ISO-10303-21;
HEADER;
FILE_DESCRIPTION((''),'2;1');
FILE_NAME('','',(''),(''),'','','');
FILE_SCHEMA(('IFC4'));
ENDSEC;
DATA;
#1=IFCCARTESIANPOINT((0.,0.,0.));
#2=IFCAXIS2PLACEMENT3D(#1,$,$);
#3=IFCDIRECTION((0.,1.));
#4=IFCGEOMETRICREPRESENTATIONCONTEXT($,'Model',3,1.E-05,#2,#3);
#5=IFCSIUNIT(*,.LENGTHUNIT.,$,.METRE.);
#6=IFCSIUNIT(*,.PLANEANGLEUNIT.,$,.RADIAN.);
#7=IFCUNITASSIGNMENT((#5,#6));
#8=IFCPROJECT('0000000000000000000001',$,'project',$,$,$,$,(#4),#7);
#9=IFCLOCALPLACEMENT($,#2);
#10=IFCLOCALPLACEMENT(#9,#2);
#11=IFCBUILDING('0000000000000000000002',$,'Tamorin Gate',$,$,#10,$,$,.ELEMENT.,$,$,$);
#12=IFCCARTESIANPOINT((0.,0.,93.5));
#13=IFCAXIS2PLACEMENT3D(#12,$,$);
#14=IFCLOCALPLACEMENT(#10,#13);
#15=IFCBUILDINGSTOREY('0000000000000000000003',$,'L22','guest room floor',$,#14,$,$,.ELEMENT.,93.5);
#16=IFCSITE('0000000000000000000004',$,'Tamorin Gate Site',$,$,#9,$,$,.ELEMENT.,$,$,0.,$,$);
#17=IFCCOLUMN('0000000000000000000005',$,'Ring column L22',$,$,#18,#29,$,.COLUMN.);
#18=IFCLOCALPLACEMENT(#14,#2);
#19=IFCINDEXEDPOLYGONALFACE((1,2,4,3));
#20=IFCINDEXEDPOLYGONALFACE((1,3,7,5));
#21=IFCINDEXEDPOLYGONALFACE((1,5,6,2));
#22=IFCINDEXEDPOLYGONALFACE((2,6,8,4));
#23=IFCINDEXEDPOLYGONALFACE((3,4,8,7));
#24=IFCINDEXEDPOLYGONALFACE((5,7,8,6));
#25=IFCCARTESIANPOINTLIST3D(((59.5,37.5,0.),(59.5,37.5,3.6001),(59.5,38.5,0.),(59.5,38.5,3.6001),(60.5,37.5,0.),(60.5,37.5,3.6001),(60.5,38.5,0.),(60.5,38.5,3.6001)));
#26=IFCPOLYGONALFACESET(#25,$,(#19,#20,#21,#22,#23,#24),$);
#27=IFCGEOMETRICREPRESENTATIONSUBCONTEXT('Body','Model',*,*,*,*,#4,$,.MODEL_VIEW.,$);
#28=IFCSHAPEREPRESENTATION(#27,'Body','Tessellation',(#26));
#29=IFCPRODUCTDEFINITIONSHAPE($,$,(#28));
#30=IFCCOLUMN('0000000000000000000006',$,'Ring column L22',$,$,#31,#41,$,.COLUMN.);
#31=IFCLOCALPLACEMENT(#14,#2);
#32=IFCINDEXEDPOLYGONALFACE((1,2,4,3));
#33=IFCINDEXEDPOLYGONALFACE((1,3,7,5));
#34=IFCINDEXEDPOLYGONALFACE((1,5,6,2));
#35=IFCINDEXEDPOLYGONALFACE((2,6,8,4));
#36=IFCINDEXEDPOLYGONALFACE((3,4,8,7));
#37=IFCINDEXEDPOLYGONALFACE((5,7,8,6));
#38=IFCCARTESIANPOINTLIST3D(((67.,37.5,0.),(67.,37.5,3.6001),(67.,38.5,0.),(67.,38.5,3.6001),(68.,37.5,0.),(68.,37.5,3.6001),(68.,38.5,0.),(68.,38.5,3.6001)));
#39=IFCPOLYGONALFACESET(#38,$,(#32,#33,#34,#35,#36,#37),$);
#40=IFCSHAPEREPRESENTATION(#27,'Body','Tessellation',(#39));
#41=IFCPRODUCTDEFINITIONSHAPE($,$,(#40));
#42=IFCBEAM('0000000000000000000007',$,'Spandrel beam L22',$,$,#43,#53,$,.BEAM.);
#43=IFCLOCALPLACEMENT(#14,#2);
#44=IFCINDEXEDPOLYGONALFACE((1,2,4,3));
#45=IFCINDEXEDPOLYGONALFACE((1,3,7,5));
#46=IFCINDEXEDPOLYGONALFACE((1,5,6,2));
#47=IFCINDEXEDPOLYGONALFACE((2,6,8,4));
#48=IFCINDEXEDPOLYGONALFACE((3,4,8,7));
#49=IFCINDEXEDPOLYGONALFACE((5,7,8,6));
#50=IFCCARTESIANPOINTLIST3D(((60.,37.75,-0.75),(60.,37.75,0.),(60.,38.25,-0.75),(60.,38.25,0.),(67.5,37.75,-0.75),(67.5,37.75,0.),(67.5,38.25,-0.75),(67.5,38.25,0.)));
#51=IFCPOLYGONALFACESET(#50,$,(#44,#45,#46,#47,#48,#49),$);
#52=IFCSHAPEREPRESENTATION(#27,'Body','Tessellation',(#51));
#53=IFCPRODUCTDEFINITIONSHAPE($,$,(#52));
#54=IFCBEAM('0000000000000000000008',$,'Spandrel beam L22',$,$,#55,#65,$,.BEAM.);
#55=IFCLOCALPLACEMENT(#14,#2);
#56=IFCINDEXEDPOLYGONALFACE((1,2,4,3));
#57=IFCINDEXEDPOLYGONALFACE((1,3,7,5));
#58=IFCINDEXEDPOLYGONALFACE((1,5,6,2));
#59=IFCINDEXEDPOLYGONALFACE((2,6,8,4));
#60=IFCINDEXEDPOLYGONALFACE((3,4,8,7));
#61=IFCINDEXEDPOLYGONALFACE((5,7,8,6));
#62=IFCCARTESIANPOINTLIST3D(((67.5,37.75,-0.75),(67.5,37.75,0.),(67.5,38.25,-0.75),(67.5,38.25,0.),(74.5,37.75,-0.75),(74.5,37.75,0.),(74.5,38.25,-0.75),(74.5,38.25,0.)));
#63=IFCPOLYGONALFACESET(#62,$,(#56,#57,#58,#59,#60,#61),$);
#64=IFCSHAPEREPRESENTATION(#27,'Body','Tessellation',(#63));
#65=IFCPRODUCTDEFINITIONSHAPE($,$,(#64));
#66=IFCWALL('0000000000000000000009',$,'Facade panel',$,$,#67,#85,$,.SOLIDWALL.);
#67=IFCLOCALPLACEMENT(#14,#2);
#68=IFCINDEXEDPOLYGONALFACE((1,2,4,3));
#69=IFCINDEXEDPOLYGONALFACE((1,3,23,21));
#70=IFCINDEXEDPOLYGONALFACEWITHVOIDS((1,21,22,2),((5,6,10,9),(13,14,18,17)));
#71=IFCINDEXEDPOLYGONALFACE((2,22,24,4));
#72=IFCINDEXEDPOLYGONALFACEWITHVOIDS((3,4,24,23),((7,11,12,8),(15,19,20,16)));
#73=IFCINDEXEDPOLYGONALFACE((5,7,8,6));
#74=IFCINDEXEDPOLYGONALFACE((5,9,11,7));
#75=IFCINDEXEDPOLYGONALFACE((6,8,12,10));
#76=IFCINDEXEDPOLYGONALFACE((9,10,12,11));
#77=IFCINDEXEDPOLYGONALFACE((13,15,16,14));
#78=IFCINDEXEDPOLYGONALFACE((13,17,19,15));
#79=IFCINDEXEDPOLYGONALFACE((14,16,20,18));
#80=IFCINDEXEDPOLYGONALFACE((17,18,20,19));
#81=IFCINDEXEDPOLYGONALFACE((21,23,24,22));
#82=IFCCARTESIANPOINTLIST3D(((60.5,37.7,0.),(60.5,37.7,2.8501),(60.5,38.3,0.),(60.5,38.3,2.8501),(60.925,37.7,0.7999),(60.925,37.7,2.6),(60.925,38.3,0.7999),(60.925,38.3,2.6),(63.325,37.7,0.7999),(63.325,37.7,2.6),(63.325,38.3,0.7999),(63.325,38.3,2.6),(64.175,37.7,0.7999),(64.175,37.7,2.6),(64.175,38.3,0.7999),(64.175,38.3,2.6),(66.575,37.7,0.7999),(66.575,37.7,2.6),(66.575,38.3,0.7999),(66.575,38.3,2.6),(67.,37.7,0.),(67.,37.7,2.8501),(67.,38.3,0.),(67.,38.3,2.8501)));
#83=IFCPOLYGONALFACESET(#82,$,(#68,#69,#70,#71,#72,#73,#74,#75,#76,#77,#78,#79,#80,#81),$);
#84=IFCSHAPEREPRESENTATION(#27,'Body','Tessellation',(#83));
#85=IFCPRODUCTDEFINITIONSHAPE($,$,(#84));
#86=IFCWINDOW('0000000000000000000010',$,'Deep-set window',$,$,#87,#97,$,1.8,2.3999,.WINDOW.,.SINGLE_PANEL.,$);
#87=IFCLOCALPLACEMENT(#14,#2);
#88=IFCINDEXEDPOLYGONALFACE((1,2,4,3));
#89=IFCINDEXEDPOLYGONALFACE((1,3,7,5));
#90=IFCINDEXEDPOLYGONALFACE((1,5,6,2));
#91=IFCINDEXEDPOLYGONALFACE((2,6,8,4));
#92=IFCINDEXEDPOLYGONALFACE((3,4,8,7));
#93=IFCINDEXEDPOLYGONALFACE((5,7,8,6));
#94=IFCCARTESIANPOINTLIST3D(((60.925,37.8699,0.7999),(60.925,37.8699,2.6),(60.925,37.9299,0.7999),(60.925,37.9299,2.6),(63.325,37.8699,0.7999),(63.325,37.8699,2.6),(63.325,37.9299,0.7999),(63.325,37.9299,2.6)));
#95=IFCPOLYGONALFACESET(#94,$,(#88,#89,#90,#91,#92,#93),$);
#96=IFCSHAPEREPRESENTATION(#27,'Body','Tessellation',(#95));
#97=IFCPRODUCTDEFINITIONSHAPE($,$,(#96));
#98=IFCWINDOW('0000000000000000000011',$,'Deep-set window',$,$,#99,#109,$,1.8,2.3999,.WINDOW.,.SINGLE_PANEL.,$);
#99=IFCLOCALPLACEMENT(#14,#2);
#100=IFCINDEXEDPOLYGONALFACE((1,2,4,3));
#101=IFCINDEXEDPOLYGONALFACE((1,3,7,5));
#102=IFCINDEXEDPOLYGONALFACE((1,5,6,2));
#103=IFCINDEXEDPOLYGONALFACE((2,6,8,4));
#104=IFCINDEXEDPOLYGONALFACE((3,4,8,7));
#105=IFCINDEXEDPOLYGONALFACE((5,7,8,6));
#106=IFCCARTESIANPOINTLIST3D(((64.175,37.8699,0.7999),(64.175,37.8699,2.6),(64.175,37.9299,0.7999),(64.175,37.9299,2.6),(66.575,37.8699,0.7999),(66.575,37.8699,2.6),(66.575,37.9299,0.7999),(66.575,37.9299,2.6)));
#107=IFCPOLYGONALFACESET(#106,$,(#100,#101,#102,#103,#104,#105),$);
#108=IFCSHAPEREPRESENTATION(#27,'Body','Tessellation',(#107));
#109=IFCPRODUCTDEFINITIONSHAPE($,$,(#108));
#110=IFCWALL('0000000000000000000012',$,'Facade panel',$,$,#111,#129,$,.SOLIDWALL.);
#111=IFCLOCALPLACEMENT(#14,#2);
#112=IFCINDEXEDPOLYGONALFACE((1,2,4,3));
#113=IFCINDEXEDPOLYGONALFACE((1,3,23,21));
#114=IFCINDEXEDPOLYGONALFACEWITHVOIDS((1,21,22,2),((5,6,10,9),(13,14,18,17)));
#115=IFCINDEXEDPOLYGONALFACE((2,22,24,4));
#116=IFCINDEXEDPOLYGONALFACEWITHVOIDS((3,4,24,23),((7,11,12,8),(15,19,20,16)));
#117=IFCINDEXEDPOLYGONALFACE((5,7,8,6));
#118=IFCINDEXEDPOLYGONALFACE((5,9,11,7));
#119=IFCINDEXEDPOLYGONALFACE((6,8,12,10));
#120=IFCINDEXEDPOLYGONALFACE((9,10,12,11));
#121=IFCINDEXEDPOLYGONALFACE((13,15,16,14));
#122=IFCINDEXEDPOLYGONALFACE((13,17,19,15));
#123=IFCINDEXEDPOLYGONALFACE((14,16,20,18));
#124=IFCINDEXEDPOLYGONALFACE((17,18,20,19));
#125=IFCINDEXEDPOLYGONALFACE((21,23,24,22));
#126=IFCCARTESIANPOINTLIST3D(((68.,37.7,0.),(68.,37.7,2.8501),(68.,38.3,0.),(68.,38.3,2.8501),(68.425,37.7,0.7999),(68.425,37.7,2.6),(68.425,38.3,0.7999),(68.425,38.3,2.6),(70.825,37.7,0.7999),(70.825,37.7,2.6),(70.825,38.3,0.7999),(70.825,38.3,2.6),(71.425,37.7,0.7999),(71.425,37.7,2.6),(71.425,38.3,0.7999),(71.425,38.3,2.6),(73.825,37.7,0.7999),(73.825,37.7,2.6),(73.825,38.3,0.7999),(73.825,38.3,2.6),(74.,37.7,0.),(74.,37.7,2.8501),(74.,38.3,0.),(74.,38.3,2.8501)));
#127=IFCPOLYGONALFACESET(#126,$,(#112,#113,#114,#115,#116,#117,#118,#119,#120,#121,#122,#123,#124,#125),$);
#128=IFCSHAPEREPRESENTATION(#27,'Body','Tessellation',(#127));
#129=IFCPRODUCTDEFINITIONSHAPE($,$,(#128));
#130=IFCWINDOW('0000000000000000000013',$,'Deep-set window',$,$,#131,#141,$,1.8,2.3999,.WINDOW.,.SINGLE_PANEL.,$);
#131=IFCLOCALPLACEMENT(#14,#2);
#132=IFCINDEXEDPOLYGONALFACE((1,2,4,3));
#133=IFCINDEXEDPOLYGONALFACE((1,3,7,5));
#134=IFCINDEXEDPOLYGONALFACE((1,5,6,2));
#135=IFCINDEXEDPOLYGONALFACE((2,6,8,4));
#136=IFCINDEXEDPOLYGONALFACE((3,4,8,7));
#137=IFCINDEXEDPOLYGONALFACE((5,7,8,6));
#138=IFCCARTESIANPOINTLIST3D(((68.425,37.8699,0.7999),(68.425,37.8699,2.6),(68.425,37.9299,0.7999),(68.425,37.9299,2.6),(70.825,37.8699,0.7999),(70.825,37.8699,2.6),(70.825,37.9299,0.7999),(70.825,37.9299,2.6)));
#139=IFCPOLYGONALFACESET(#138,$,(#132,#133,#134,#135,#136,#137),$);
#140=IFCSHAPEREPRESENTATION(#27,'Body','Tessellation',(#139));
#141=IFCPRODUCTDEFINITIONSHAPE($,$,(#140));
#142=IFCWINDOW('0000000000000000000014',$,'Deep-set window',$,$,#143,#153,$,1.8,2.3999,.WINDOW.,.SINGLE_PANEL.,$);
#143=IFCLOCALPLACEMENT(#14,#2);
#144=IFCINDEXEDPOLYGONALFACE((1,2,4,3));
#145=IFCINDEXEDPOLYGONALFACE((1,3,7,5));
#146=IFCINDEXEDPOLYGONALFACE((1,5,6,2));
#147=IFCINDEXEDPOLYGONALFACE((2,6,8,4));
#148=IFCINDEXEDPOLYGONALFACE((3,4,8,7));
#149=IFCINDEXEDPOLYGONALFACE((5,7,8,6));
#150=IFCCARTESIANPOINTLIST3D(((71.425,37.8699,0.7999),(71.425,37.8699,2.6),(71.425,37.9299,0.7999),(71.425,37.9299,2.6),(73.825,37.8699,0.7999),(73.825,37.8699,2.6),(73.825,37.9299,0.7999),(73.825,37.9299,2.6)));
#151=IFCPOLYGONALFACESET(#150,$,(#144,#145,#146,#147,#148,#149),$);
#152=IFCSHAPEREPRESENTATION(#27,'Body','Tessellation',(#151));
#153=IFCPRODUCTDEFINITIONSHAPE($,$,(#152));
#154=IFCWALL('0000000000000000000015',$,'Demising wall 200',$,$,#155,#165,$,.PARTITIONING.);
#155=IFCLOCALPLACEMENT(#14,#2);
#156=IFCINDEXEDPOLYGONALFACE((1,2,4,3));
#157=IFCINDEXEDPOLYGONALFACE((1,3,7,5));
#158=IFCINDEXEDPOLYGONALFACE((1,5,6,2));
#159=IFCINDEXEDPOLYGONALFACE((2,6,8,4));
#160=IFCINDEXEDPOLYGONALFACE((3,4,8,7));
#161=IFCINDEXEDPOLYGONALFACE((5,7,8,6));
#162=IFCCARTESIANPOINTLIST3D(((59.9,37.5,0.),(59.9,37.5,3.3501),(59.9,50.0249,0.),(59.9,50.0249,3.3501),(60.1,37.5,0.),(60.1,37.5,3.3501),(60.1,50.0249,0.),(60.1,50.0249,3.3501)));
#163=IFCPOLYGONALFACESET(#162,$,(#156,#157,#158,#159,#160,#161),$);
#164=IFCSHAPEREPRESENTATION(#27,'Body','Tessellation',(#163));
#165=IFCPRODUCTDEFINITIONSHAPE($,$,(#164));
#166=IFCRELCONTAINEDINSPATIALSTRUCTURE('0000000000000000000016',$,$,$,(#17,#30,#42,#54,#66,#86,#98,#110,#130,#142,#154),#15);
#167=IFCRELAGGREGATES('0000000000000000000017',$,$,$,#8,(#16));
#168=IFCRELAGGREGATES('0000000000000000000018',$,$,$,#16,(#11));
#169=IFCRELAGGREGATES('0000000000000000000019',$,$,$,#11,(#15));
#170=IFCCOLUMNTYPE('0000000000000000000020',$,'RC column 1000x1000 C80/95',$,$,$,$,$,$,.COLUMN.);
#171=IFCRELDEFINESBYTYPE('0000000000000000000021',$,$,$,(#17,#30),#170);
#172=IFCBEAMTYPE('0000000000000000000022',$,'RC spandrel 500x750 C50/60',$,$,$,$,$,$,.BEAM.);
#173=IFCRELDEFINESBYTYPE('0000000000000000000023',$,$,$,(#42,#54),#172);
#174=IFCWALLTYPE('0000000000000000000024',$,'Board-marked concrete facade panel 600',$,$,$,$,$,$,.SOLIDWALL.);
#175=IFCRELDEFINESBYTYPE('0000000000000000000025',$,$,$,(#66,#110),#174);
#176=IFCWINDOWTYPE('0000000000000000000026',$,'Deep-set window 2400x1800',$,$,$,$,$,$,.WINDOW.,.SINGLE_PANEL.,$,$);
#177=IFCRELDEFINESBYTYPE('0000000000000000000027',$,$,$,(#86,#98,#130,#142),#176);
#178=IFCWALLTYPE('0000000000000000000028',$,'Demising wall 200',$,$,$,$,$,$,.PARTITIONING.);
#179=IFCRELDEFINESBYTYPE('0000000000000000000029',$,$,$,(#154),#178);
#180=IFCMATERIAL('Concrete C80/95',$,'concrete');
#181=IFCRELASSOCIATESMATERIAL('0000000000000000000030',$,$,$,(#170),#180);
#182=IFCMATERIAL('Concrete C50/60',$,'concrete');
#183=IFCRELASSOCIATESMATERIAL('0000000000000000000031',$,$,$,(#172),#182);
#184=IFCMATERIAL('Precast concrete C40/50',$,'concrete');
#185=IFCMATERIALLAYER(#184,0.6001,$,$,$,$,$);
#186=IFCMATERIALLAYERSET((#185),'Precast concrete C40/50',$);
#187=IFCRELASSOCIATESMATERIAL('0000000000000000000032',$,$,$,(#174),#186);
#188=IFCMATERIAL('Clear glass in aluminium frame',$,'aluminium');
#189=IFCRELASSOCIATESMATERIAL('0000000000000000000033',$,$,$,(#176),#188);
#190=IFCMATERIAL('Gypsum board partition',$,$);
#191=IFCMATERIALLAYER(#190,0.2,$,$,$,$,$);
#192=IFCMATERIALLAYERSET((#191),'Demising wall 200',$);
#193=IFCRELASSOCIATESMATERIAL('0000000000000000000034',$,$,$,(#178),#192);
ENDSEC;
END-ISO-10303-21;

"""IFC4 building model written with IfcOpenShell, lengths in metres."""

from ifc_helpers import new_model, si_unit, direction, frame, frame_2d, origin, origin_2d, place, context, subcontext, project, spatial, rectangle, extrude, material, layer, layer_set, material_profile, profile_set, type_object, element, fill, save


model = new_model("IFC4")

# Units and contexts
model_context = context("Model", 3, precision=1e-05, world=origin(), true_north=direction((0.0, 1.0)))
body_context = subcontext(model_context, "Body", "Model", "MODEL_VIEW")
ifc_project = project(units=[si_unit("LENGTHUNIT", "METRE"), si_unit("PLANEANGLEUNIT", "RADIAN")], contexts=[model_context])

# Site, building, storey
site_placement = place(None, origin())
site = spatial("IfcSite", under=ifc_project, at=site_placement, Name="Tamorin Gate Site", CompositionType="ELEMENT", RefElevation=0.0)
building_placement = place(site_placement, origin())
building = spatial("IfcBuilding", under=site, at=building_placement, Name="Tamorin Gate", CompositionType="ELEMENT")
storey_placement = place(building_placement, frame((0.0, 0.0, 93.5)))
storey = spatial("IfcBuildingStorey", under=building, at=storey_placement, Name="L22", Description="guest room floor", CompositionType="ELEMENT", Elevation=93.5)

# Columns
ifc_material_1 = material(Name="Concrete C80/95", Category="concrete")
ifc_material_profile_1 = material_profile(ifc_material_1, rectangle(XDim=1.0, YDim=1.0, at=origin_2d()), Name="RC 1000x1000")
ifc_profile_set_1 = profile_set([ifc_material_profile_1], Name="Concrete C80/95")
column_type = type_object("IfcColumnType", Name="RC column 1000x1000 C80/95", PredefinedType="COLUMN", material=ifc_profile_set_1)
for number, where, z_axis, x_axis, name in (
    (1, (60.0, 38.0, 0.0), (0.0, 0.0, 1.0), (1.0, 0.0, 0.0), "Ring column L22"),
    (2, (67.5, 38.0, 0.0), (0.0, 0.0, 1.0), (1.0, 0.0, 0.0), "Ring column L22"),
):
    element("IfcColumn", number, at=place(storey_placement, frame(where, z_axis=z_axis, x_axis=x_axis)), inside=storey, type_object=column_type, Name=name, PredefinedType="COLUMN", context=body_context, shape_type="SweptSolid", body=[
        extrude(rectangle(XDim=1.0, YDim=1.0, at=origin_2d()), origin(), (0.0, 0.0, 1.0), 3.6001),
    ])

# Beams
ifc_material_2 = material(Name="Concrete C50/60", Category="concrete")
ifc_material_profile_2 = material_profile(ifc_material_2, rectangle(XDim=0.5, YDim=0.75, at=origin_2d()), Name="RC 500x750")
ifc_profile_set_2 = profile_set([ifc_material_profile_2], Name="Concrete C50/60")
beam_type = type_object("IfcBeamType", Name="RC spandrel 500x750 C50/60", PredefinedType="BEAM", material=ifc_profile_set_2)
beam_1_placement = place(storey_placement, frame((60.0, 38.0, -0.375), z_axis=(1.0, 0.0, 0.0), x_axis=(0.0, 1.0, 0.0)))
element("IfcBeam", 3, at=beam_1_placement, inside=storey, type_object=beam_type, Name="Spandrel beam L22", PredefinedType="BEAM", context=body_context, shape_type="SweptSolid", body=[
    extrude(rectangle(XDim=0.5, YDim=0.75, at=origin_2d()), origin(), (0.0, 0.0, 1.0), 7.5),
])
beam_2_placement = place(storey_placement, frame((67.5, 38.0, -0.375), z_axis=(1.0, 0.0, 0.0), x_axis=(0.0, 1.0, 0.0)))
element("IfcBeam", 4, at=beam_2_placement, inside=storey, type_object=beam_type, Name="Spandrel beam L22", PredefinedType="BEAM", context=body_context, shape_type="SweptSolid", body=[
    extrude(rectangle(XDim=0.5, YDim=0.75, at=origin_2d()), origin(), (0.0, 0.0, 1.0), 7.0),
])

# Walls, openings, windows
ifc_material_3 = material(Name="Precast concrete C40/50", Category="concrete")
ifc_layer_1 = layer(ifc_material_3, 0.6001)
ifc_layer_set_1 = layer_set([ifc_layer_1], Name="Precast concrete C40/50")
wall_type_1 = type_object("IfcWallType", Name="Board-marked concrete facade panel 600", PredefinedType="SOLIDWALL", material=ifc_layer_set_1)
wall_1_placement = place(storey_placement, frame((60.5, 38.0, 0.0), z_axis=(0.0, 0.0, 1.0), x_axis=(1.0, 0.0, 0.0)))
wall_1 = element("IfcWall", 5, at=wall_1_placement, inside=storey, type_object=wall_type_1, Name="Facade panel", PredefinedType="SOLIDWALL", context=body_context, shape_type="SweptSolid", body=[
    extrude(rectangle(XDim=6.5, YDim=0.6001, at=frame_2d((3.25, 0.0))), origin(), (0.0, 0.0, 1.0), 2.8501),
])
opening_1_placement = place(wall_1_placement, frame((0.425, 0.0, 0.8)))
opening_1 = element("IfcOpeningElement", 6, at=opening_1_placement, cuts=wall_1, PredefinedType="OPENING", context=body_context, shape_type="SweptSolid", body=[
    extrude(rectangle(XDim=2.3999, YDim=1.8, at=frame_2d((1.2, 0.8999))), frame((0.0, 0.3101, 0.0), z_axis=(0.0, -1.0, 0.0), x_axis=(1.0, 0.0, 0.0)), (0.0, 0.0, 1.0), 0.6201),
])
opening_2_placement = place(wall_1_placement, frame((3.675, 0.0, 0.8)))
opening_2 = element("IfcOpeningElement", 7, at=opening_2_placement, cuts=wall_1, PredefinedType="OPENING", context=body_context, shape_type="SweptSolid", body=[
    extrude(rectangle(XDim=2.3999, YDim=1.8, at=frame_2d((1.2, 0.8999))), frame((0.0, 0.3101, 0.0), z_axis=(0.0, -1.0, 0.0), x_axis=(1.0, 0.0, 0.0)), (0.0, 0.0, 1.0), 0.6201),
])
ifc_material_4 = material(Name="Clear glass in aluminium frame", Category="aluminium")
window_type = type_object("IfcWindowType", Name="Deep-set window 2400x1800", PartitioningType="SINGLE_PANEL", PredefinedType="WINDOW", material=ifc_material_4)
window_1_placement = place(opening_1_placement, origin())
window_1 = element("IfcWindow", 8, at=window_1_placement, inside=storey, type_object=window_type, Name="Deep-set window", OverallHeight=1.8, OverallWidth=2.3999, PartitioningType="SINGLE_PANEL", PredefinedType="WINDOW", context=body_context, shape_type="SweptSolid", body=[
    extrude(rectangle(XDim=2.3999, YDim=1.8, at=frame_2d((1.2, 0.8999))), frame((0.0, -0.0701, 0.0), z_axis=(0.0, -1.0, 0.0), x_axis=(1.0, 0.0, 0.0)), (0.0, 0.0, 1.0), 0.0601),
])
fill(opening_1, window_1)
window_2_placement = place(opening_2_placement, origin())
window_2 = element("IfcWindow", 9, at=window_2_placement, inside=storey, type_object=window_type, Name="Deep-set window", OverallHeight=1.8, OverallWidth=2.3999, PartitioningType="SINGLE_PANEL", PredefinedType="WINDOW", context=body_context, shape_type="SweptSolid", body=[
    extrude(rectangle(XDim=2.3999, YDim=1.8, at=frame_2d((1.2, 0.8999))), frame((0.0, -0.0701, 0.0), z_axis=(0.0, -1.0, 0.0), x_axis=(1.0, 0.0, 0.0)), (0.0, 0.0, 1.0), 0.0601),
])
fill(opening_2, window_2)
wall_2_placement = place(storey_placement, frame((68.0, 38.0, 0.0), z_axis=(0.0, 0.0, 1.0), x_axis=(1.0, 0.0, 0.0)))
wall_2 = element("IfcWall", 10, at=wall_2_placement, inside=storey, type_object=wall_type_1, Name="Facade panel", PredefinedType="SOLIDWALL", context=body_context, shape_type="SweptSolid", body=[
    extrude(rectangle(XDim=6.0, YDim=0.6001, at=frame_2d((3.0, 0.0))), origin(), (0.0, 0.0, 1.0), 2.8501),
])
opening_3_placement = place(wall_2_placement, frame((0.425, 0.0, 0.8)))
opening_3 = element("IfcOpeningElement", 11, at=opening_3_placement, cuts=wall_2, PredefinedType="OPENING", context=body_context, shape_type="SweptSolid", body=[
    extrude(rectangle(XDim=2.3999, YDim=1.8, at=frame_2d((1.2, 0.8999))), frame((0.0, 0.3101, 0.0), z_axis=(0.0, -1.0, 0.0), x_axis=(1.0, 0.0, 0.0)), (0.0, 0.0, 1.0), 0.6201),
])
opening_4_placement = place(wall_2_placement, frame((3.425, 0.0, 0.8)))
opening_4 = element("IfcOpeningElement", 12, at=opening_4_placement, cuts=wall_2, PredefinedType="OPENING", context=body_context, shape_type="SweptSolid", body=[
    extrude(rectangle(XDim=2.3999, YDim=1.8, at=frame_2d((1.2, 0.8999))), frame((0.0, 0.3101, 0.0), z_axis=(0.0, -1.0, 0.0), x_axis=(1.0, 0.0, 0.0)), (0.0, 0.0, 1.0), 0.6201),
])
window_3_placement = place(opening_3_placement, origin())
window_3 = element("IfcWindow", 13, at=window_3_placement, inside=storey, type_object=window_type, Name="Deep-set window", OverallHeight=1.8, OverallWidth=2.3999, PartitioningType="SINGLE_PANEL", PredefinedType="WINDOW", context=body_context, shape_type="SweptSolid", body=[
    extrude(rectangle(XDim=2.3999, YDim=1.8, at=frame_2d((1.2, 0.8999))), frame((0.0, -0.0701, 0.0), z_axis=(0.0, -1.0, 0.0), x_axis=(1.0, 0.0, 0.0)), (0.0, 0.0, 1.0), 0.0601),
])
fill(opening_3, window_3)
window_4_placement = place(opening_4_placement, origin())
window_4 = element("IfcWindow", 14, at=window_4_placement, inside=storey, type_object=window_type, Name="Deep-set window", OverallHeight=1.8, OverallWidth=2.3999, PartitioningType="SINGLE_PANEL", PredefinedType="WINDOW", context=body_context, shape_type="SweptSolid", body=[
    extrude(rectangle(XDim=2.3999, YDim=1.8, at=frame_2d((1.2, 0.8999))), frame((0.0, -0.0701, 0.0), z_axis=(0.0, -1.0, 0.0), x_axis=(1.0, 0.0, 0.0)), (0.0, 0.0, 1.0), 0.0601),
])
fill(opening_4, window_4)

# Wall
ifc_material_5 = material(Name="Gypsum board partition")
ifc_layer_2 = layer(ifc_material_5, 0.2)
ifc_layer_set_2 = layer_set([ifc_layer_2], Name="Demising wall 200")
wall_type_2 = type_object("IfcWallType", Name="Demising wall 200", PredefinedType="PARTITIONING", material=ifc_layer_set_2)
wall_3_placement = place(storey_placement, frame((60.0, 37.5, 0.0), z_axis=(0.0, 0.0, 1.0), x_axis=(0.0, 1.0, 0.0)))
element("IfcWall", 15, at=wall_3_placement, inside=storey, type_object=wall_type_2, Name="Demising wall 200", PredefinedType="PARTITIONING", context=body_context, shape_type="SweptSolid", body=[
    extrude(rectangle(XDim=12.5249, YDim=0.2, at=frame_2d((6.2625, 0.0))), origin(), (0.0, 0.0, 1.0), 3.3501),
])

save(model, "model.ifc")
